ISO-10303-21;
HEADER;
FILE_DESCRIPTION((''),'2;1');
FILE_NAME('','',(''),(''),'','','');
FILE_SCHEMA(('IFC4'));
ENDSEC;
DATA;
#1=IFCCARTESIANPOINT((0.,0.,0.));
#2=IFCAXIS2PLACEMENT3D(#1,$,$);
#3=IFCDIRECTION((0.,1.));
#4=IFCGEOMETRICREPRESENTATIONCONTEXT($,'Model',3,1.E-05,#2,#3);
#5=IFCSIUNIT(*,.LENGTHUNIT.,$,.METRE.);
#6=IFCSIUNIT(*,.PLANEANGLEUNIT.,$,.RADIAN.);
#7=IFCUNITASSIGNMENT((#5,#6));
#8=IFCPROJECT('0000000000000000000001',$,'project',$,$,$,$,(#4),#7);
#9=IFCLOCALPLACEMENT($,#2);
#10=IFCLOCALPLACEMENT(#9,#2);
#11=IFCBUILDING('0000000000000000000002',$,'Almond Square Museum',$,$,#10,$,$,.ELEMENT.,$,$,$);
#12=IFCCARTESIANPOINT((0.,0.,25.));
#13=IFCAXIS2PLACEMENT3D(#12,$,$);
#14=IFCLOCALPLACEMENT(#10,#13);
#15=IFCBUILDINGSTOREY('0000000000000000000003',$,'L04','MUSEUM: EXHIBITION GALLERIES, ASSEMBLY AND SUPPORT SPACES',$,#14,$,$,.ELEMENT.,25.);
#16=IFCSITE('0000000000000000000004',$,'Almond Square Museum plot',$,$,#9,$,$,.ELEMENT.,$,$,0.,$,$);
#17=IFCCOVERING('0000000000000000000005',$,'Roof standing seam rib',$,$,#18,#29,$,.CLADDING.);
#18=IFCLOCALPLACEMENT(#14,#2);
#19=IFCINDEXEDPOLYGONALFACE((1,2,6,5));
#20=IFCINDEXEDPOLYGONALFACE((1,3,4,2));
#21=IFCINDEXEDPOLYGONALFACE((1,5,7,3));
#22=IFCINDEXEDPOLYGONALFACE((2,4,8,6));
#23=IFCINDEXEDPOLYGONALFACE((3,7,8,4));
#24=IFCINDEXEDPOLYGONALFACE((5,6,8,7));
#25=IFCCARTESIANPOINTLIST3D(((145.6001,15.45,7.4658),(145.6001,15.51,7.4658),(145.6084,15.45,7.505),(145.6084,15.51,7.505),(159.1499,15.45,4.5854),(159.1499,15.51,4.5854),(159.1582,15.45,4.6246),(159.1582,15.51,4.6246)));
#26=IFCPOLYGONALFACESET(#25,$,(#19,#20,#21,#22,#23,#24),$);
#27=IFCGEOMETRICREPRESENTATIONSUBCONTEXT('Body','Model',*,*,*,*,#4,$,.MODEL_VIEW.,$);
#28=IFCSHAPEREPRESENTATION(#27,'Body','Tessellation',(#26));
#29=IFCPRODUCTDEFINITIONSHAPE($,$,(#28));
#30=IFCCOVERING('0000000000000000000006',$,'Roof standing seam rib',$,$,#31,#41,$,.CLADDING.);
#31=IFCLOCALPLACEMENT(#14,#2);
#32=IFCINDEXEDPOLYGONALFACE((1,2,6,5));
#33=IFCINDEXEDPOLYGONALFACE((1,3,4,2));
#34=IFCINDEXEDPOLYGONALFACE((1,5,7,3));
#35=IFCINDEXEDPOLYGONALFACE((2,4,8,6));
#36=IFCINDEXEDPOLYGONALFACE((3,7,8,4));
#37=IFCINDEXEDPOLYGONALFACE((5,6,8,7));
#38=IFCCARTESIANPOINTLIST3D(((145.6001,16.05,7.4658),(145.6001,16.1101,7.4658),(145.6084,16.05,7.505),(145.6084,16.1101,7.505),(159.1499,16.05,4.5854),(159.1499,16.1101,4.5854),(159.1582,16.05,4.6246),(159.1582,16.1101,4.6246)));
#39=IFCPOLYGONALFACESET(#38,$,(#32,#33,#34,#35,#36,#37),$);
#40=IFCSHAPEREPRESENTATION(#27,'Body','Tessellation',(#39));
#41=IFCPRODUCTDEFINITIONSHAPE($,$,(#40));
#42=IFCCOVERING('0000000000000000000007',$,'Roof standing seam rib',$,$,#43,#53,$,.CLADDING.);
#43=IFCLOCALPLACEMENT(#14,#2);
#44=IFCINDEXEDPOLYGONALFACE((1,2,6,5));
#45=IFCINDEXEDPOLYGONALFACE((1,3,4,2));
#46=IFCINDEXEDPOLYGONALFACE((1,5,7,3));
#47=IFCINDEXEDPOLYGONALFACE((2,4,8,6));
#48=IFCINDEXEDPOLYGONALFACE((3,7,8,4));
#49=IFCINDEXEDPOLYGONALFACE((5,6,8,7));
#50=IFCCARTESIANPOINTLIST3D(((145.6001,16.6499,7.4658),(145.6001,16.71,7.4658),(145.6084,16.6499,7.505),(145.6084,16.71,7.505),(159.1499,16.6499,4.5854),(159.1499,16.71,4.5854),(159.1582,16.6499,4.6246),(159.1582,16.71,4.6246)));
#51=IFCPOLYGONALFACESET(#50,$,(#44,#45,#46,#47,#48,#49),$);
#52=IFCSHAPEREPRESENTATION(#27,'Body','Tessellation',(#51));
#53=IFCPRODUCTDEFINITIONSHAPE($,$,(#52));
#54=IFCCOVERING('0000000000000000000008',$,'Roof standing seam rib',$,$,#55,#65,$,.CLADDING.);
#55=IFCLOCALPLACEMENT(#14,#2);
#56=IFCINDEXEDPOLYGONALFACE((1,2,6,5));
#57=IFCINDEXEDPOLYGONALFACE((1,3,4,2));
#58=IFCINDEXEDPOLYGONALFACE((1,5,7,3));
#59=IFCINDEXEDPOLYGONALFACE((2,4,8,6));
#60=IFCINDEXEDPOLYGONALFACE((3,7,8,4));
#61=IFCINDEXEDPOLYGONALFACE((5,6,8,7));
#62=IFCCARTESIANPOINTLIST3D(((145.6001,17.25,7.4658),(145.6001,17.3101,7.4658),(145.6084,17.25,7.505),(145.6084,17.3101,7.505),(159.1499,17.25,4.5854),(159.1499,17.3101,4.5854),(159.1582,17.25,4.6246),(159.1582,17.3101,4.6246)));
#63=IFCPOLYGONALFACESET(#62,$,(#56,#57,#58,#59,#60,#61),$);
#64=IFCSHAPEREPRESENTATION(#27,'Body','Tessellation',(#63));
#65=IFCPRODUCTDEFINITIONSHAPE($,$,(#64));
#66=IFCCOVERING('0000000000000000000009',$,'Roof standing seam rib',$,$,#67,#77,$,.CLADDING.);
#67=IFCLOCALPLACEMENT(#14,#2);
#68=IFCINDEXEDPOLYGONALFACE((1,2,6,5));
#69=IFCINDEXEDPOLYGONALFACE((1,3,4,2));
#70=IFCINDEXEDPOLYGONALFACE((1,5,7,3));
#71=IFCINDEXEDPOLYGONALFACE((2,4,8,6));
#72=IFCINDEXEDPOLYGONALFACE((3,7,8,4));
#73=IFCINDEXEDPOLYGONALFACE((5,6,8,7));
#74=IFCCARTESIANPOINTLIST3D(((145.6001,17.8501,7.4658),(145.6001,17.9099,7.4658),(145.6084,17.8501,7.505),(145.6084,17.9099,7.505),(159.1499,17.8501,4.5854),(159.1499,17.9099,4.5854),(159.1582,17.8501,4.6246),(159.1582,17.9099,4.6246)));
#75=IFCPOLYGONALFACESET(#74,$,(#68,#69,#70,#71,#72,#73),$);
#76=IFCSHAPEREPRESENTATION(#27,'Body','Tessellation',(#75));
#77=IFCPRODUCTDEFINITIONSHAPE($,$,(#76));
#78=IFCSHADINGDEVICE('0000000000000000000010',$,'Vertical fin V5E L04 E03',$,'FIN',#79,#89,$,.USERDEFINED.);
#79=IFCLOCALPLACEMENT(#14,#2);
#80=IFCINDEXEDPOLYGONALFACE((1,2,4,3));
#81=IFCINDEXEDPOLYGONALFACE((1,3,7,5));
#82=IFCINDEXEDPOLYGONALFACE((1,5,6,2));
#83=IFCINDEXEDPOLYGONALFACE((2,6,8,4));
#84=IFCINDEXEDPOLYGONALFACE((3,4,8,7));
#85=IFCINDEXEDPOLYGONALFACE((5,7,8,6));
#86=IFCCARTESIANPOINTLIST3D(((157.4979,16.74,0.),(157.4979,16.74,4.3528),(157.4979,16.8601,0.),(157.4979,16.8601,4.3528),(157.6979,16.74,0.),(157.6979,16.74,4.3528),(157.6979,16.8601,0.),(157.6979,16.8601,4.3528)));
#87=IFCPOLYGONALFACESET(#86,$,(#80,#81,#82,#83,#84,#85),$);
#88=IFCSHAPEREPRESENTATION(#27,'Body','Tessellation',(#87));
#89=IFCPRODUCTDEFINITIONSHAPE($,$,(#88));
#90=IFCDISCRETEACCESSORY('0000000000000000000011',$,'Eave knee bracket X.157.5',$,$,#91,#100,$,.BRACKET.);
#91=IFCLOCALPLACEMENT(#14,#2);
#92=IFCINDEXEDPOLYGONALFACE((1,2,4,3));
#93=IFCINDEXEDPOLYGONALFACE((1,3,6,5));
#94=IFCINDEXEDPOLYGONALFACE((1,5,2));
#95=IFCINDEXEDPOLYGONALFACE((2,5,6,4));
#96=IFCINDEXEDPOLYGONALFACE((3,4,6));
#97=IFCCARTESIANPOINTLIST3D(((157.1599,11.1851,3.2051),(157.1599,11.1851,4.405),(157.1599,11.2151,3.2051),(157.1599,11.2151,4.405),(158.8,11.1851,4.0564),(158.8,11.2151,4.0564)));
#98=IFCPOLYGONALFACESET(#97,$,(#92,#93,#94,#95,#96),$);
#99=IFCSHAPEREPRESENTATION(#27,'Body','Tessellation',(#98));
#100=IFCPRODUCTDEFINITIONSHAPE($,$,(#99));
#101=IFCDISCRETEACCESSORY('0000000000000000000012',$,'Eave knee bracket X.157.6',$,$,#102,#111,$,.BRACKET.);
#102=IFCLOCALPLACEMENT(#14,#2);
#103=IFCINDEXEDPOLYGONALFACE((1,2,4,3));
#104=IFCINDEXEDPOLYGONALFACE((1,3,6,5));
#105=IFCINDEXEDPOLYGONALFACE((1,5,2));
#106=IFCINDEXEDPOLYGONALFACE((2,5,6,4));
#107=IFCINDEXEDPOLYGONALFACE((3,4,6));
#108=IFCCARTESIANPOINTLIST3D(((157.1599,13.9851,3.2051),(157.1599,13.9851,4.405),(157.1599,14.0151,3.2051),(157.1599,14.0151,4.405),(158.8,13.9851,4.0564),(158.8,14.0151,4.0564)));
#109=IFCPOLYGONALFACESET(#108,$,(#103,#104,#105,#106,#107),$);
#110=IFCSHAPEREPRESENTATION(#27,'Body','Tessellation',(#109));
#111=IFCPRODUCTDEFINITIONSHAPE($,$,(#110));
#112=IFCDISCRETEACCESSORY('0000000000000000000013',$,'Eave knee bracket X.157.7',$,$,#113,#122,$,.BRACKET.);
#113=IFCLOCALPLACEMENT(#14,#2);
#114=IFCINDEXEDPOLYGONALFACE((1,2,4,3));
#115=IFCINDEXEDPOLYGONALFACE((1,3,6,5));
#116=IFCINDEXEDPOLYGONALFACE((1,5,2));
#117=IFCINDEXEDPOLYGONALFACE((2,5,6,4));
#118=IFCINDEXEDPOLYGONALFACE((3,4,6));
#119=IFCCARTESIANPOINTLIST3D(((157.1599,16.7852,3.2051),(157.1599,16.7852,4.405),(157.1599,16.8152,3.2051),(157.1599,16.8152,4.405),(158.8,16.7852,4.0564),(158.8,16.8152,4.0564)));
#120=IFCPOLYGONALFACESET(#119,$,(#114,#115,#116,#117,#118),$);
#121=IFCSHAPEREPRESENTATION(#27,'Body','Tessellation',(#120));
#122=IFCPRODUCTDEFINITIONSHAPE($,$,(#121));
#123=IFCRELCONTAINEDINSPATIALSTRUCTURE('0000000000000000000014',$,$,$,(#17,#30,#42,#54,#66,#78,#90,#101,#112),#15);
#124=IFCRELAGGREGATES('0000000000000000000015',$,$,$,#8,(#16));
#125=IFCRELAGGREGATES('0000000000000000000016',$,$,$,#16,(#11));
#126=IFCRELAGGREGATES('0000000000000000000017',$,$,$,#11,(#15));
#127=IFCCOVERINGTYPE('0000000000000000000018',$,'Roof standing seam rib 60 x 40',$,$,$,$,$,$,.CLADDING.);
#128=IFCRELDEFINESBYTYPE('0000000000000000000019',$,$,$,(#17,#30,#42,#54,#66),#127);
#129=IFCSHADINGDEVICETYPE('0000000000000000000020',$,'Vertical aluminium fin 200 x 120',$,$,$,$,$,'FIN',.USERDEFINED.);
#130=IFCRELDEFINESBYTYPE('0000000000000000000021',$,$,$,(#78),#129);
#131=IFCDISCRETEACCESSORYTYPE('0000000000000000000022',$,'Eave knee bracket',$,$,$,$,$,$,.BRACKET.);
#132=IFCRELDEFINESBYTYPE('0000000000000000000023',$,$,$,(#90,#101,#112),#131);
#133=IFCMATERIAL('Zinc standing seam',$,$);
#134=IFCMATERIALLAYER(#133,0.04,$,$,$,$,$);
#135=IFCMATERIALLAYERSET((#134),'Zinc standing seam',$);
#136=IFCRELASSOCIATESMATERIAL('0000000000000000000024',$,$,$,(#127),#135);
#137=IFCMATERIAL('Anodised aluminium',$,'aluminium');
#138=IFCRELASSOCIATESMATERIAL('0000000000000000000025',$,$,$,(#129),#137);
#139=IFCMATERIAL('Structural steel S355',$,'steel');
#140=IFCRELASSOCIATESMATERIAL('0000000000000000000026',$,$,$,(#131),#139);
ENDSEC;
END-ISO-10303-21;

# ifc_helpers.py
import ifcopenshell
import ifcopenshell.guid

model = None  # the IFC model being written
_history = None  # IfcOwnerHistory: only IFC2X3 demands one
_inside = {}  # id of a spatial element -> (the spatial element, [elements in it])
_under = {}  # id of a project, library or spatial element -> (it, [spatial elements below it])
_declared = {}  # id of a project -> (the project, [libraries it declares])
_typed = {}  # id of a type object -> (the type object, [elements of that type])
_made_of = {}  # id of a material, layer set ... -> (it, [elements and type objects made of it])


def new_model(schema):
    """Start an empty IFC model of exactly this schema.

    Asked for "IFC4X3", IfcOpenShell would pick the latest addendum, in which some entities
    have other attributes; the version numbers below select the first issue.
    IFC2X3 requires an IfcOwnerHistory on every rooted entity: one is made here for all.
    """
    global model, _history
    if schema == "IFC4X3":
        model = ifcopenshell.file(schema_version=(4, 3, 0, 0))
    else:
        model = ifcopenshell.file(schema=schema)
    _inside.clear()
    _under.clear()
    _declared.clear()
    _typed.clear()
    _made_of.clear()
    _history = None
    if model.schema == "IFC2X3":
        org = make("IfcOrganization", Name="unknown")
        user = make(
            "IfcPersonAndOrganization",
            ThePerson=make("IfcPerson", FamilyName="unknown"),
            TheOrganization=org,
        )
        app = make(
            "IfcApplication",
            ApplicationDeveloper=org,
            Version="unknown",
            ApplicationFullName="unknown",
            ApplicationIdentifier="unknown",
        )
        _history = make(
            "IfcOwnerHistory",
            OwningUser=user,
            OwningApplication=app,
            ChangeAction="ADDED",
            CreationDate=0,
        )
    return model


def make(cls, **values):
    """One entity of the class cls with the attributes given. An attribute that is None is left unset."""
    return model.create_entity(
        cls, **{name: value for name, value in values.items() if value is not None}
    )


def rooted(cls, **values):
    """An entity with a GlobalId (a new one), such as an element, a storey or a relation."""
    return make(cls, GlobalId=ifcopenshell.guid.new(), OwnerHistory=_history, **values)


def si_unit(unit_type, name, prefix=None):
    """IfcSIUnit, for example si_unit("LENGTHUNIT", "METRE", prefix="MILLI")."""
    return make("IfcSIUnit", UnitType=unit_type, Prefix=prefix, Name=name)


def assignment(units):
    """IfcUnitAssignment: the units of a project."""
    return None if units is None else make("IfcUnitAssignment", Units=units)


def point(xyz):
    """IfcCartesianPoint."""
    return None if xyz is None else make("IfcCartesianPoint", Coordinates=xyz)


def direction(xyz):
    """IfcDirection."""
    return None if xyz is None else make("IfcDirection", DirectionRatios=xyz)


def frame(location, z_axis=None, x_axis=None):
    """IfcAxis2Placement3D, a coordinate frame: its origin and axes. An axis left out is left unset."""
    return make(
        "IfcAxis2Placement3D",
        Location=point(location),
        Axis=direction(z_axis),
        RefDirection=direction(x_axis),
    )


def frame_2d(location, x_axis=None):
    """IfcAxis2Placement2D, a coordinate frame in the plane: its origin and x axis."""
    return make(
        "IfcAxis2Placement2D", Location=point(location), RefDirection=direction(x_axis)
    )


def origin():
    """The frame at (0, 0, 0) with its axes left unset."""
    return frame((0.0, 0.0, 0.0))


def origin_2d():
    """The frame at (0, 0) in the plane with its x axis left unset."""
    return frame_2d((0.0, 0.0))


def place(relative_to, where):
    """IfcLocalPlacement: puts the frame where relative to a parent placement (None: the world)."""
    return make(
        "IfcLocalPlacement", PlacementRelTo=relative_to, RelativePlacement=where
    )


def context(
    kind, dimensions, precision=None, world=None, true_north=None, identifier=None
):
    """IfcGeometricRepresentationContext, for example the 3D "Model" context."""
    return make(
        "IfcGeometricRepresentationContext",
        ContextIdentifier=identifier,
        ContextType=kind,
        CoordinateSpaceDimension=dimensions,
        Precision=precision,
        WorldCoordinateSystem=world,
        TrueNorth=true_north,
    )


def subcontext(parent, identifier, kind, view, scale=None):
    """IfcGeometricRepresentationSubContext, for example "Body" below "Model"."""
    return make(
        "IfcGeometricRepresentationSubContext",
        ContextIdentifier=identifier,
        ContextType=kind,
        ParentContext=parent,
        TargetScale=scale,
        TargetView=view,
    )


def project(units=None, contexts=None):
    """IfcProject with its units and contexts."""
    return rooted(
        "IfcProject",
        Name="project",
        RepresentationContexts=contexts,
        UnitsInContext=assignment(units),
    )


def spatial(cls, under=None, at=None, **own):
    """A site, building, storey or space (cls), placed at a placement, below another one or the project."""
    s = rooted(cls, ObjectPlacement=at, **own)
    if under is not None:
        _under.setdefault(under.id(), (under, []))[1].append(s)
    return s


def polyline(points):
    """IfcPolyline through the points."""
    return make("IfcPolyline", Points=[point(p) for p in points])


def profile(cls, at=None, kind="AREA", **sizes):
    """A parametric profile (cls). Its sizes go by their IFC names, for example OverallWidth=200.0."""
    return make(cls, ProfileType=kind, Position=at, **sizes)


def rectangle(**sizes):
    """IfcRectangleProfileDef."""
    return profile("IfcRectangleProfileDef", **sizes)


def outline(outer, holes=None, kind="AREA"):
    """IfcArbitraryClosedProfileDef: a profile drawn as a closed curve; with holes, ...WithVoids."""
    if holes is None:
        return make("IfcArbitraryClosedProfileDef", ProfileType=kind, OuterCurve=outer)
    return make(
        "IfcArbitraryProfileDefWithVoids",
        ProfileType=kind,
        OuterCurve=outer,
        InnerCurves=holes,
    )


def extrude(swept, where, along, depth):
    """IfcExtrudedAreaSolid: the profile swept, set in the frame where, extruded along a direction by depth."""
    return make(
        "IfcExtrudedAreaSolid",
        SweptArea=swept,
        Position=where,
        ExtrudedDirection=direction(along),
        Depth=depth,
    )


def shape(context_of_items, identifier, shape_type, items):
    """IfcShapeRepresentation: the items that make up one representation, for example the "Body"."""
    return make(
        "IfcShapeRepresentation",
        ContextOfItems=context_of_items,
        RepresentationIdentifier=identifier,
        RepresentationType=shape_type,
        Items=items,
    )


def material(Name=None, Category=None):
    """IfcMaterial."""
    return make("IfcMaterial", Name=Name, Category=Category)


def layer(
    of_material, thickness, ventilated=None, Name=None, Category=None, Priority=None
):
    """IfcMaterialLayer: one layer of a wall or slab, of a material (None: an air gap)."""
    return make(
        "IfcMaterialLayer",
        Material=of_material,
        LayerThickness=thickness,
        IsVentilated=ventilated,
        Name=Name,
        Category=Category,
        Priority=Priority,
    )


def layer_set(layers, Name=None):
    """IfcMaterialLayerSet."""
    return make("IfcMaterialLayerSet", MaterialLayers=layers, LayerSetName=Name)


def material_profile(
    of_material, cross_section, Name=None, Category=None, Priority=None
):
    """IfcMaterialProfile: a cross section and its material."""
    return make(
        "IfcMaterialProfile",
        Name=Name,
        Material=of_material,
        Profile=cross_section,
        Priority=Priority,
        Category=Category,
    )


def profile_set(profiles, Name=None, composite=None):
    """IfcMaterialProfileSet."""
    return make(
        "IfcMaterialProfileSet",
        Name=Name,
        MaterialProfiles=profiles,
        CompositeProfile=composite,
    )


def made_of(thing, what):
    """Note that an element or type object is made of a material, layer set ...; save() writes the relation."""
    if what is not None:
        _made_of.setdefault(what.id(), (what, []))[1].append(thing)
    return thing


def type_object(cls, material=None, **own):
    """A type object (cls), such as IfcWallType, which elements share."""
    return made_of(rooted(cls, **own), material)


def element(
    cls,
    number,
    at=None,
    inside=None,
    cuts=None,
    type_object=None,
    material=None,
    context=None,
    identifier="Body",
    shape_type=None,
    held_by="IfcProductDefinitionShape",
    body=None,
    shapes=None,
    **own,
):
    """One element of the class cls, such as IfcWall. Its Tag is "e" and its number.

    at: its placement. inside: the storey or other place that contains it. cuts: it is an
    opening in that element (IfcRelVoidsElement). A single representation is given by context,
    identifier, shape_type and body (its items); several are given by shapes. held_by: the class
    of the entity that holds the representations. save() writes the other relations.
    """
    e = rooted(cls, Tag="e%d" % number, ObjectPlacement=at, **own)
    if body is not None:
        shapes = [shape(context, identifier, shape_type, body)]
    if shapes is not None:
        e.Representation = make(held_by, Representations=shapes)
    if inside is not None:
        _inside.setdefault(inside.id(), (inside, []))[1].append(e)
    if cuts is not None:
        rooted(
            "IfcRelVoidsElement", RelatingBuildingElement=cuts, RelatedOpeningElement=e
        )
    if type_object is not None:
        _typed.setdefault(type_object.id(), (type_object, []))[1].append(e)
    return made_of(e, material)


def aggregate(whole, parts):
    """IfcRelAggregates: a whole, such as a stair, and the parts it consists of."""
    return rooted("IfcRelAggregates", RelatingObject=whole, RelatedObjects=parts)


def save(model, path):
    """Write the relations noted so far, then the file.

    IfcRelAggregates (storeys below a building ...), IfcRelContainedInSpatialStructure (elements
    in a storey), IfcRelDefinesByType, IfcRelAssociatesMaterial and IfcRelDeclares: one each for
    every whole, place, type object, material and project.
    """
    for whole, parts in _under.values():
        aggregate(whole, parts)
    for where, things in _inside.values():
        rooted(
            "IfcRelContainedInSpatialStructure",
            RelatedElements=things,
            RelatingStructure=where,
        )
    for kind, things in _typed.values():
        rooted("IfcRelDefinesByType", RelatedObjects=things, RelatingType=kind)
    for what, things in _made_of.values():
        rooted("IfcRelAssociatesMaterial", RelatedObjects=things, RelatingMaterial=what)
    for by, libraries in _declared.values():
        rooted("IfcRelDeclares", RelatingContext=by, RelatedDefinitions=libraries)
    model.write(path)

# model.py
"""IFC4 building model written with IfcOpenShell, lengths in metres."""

from ifc_helpers import new_model, si_unit, direction, frame, origin, origin_2d, place, context, subcontext, project, spatial, polyline, rectangle, outline, extrude, material, layer, layer_set, material_profile, profile_set, type_object, element, save


model = new_model("IFC4")

# Units and contexts
model_context = context("Model", 3, precision=1e-05, world=origin(), true_north=direction((0.0, 1.0)))
body_context = subcontext(model_context, "Body", "Model", "MODEL_VIEW")
ifc_project = project(units=[si_unit("LENGTHUNIT", "METRE"), si_unit("PLANEANGLEUNIT", "RADIAN")], contexts=[model_context])

# Site, building, storey
site_placement = place(None, origin())
site = spatial("IfcSite", under=ifc_project, at=site_placement, Name="Almond Square Museum plot", CompositionType="ELEMENT", RefElevation=0.0)
building_placement = place(site_placement, origin())
building = spatial("IfcBuilding", under=site, at=building_placement, Name="Almond Square Museum", CompositionType="ELEMENT")
storey_placement = place(building_placement, frame((0.0, 0.0, 25.0)))
storey = spatial("IfcBuildingStorey", under=building, at=storey_placement, Name="L04", Description="MUSEUM: EXHIBITION GALLERIES, ASSEMBLY AND SUPPORT SPACES", CompositionType="ELEMENT", Elevation=25.0)

# Coverings
ifc_material_1 = material(Name="Zinc standing seam")
ifc_layer_1 = layer(ifc_material_1, 0.04)
ifc_layer_set_1 = layer_set([ifc_layer_1], Name="Zinc standing seam")
covering_type = type_object("IfcCoveringType", Name="Roof standing seam rib 60 x 40", PredefinedType="CLADDING", material=ifc_layer_set_1)
for number, where, z_axis, x_axis, name in (
    (1, (159.1499, 15.45, 4.5854), (0.20793, 0.0, 0.978144), (0.0, 1.0, 0.0), "Roof standing seam rib"),
    (2, (159.1499, 16.05, 4.5854), (0.20793, 0.0, 0.978144), (0.0, 1.0, 0.0), "Roof standing seam rib"),
    (3, (159.1499, 16.6499, 4.5854), (0.20793, 0.0, 0.978144), (0.0, 1.0, 0.0), "Roof standing seam rib"),
    (4, (159.1499, 17.25, 4.5854), (0.20793, 0.0, 0.978144), (0.0, 1.0, 0.0), "Roof standing seam rib"),
):
    element("IfcCovering", number, at=place(storey_placement, frame(where, z_axis=z_axis, x_axis=x_axis)), inside=storey, type_object=covering_type, Name=name, PredefinedType="CLADDING", context=body_context, shape_type="SweptSolid", body=[
        extrude(outline(polyline([(0.0, 0.0), (0.0601, 0.0), (0.0601, 13.8526), (0.0, 13.8526), (0.0, 0.0)])), origin(), (0.0, 0.0, 1.0), 0.04),
    ])
covering_1_placement = place(storey_placement, frame((159.1499, 17.8501, 4.5854), z_axis=(0.20793, 0.0, 0.978144), x_axis=(0.0, 1.0, 0.0)))
element("IfcCovering", 5, at=covering_1_placement, inside=storey, type_object=covering_type, Name="Roof standing seam rib", PredefinedType="CLADDING", context=body_context, shape_type="SweptSolid", body=[
    extrude(outline(polyline([(0.0, 0.0), (0.0598, 0.0), (0.0598, 13.8526), (0.0, 13.8526), (0.0, 0.0)])), origin(), (0.0, 0.0, 1.0), 0.04),
])

# Shading device
ifc_material_2 = material(Name="Anodised aluminium", Category="aluminium")
ifc_material_profile_1 = material_profile(ifc_material_2, rectangle(XDim=0.2, YDim=0.1201, at=origin_2d()))
ifc_profile_set_1 = profile_set([ifc_material_profile_1], Name="Anodised aluminium")
shading_device_type = type_object("IfcShadingDeviceType", Name="Vertical aluminium fin 200 x 120", ElementType="FIN", PredefinedType="USERDEFINED", material=ifc_profile_set_1)
shading_device_placement = place(storey_placement, frame((157.5979, 16.8, 0.0), z_axis=(0.0, 0.0, 1.0), x_axis=(1.0, 0.0, 0.0)))
element("IfcShadingDevice", 6, at=shading_device_placement, inside=storey, type_object=shading_device_type, Name="Vertical fin V5E L04 E03", ObjectType="FIN", PredefinedType="USERDEFINED", context=body_context, shape_type="SweptSolid", body=[
    extrude(rectangle(XDim=0.2, YDim=0.1201, at=origin_2d()), origin(), (0.0, 0.0, 1.0), 4.3528),
])

# Discrete accessories
ifc_material_3 = material(Name="Structural steel S355", Category="steel")
discrete_accessory_type = type_object("IfcDiscreteAccessoryType", Name="Eave knee bracket", PredefinedType="BRACKET", material=ifc_material_3)
for number, where, z_axis, x_axis, name in (
    (7, (157.1599, 11.2, 4.405), (0.0, -1.0, 0.0), (0.0, 0.0, -1.0), "Eave knee bracket X.157.5"),
    (8, (157.1599, 14.0, 4.405), (0.0, -1.0, 0.0), (0.0, 0.0, -1.0), "Eave knee bracket X.157.6"),
    (9, (157.1599, 16.8, 4.405), (0.0, -1.0, 0.0), (0.0, 0.0, -1.0), "Eave knee bracket X.157.7"),
):
    element("IfcDiscreteAccessory", number, at=place(storey_placement, frame(where, z_axis=z_axis, x_axis=x_axis)), inside=storey, type_object=discrete_accessory_type, Name=name, PredefinedType="BRACKET", context=body_context, shape_type="SweptSolid", body=[
        extrude(outline(polyline([(0.0, 0.0), (1.2, 0.0), (0.3486, 1.6401), (0.0, 0.0)])), frame((0.0, 0.0, -0.0151)), (0.0, 0.0, 1.0), 0.03),
    ])

save(model, "model.ifc")
